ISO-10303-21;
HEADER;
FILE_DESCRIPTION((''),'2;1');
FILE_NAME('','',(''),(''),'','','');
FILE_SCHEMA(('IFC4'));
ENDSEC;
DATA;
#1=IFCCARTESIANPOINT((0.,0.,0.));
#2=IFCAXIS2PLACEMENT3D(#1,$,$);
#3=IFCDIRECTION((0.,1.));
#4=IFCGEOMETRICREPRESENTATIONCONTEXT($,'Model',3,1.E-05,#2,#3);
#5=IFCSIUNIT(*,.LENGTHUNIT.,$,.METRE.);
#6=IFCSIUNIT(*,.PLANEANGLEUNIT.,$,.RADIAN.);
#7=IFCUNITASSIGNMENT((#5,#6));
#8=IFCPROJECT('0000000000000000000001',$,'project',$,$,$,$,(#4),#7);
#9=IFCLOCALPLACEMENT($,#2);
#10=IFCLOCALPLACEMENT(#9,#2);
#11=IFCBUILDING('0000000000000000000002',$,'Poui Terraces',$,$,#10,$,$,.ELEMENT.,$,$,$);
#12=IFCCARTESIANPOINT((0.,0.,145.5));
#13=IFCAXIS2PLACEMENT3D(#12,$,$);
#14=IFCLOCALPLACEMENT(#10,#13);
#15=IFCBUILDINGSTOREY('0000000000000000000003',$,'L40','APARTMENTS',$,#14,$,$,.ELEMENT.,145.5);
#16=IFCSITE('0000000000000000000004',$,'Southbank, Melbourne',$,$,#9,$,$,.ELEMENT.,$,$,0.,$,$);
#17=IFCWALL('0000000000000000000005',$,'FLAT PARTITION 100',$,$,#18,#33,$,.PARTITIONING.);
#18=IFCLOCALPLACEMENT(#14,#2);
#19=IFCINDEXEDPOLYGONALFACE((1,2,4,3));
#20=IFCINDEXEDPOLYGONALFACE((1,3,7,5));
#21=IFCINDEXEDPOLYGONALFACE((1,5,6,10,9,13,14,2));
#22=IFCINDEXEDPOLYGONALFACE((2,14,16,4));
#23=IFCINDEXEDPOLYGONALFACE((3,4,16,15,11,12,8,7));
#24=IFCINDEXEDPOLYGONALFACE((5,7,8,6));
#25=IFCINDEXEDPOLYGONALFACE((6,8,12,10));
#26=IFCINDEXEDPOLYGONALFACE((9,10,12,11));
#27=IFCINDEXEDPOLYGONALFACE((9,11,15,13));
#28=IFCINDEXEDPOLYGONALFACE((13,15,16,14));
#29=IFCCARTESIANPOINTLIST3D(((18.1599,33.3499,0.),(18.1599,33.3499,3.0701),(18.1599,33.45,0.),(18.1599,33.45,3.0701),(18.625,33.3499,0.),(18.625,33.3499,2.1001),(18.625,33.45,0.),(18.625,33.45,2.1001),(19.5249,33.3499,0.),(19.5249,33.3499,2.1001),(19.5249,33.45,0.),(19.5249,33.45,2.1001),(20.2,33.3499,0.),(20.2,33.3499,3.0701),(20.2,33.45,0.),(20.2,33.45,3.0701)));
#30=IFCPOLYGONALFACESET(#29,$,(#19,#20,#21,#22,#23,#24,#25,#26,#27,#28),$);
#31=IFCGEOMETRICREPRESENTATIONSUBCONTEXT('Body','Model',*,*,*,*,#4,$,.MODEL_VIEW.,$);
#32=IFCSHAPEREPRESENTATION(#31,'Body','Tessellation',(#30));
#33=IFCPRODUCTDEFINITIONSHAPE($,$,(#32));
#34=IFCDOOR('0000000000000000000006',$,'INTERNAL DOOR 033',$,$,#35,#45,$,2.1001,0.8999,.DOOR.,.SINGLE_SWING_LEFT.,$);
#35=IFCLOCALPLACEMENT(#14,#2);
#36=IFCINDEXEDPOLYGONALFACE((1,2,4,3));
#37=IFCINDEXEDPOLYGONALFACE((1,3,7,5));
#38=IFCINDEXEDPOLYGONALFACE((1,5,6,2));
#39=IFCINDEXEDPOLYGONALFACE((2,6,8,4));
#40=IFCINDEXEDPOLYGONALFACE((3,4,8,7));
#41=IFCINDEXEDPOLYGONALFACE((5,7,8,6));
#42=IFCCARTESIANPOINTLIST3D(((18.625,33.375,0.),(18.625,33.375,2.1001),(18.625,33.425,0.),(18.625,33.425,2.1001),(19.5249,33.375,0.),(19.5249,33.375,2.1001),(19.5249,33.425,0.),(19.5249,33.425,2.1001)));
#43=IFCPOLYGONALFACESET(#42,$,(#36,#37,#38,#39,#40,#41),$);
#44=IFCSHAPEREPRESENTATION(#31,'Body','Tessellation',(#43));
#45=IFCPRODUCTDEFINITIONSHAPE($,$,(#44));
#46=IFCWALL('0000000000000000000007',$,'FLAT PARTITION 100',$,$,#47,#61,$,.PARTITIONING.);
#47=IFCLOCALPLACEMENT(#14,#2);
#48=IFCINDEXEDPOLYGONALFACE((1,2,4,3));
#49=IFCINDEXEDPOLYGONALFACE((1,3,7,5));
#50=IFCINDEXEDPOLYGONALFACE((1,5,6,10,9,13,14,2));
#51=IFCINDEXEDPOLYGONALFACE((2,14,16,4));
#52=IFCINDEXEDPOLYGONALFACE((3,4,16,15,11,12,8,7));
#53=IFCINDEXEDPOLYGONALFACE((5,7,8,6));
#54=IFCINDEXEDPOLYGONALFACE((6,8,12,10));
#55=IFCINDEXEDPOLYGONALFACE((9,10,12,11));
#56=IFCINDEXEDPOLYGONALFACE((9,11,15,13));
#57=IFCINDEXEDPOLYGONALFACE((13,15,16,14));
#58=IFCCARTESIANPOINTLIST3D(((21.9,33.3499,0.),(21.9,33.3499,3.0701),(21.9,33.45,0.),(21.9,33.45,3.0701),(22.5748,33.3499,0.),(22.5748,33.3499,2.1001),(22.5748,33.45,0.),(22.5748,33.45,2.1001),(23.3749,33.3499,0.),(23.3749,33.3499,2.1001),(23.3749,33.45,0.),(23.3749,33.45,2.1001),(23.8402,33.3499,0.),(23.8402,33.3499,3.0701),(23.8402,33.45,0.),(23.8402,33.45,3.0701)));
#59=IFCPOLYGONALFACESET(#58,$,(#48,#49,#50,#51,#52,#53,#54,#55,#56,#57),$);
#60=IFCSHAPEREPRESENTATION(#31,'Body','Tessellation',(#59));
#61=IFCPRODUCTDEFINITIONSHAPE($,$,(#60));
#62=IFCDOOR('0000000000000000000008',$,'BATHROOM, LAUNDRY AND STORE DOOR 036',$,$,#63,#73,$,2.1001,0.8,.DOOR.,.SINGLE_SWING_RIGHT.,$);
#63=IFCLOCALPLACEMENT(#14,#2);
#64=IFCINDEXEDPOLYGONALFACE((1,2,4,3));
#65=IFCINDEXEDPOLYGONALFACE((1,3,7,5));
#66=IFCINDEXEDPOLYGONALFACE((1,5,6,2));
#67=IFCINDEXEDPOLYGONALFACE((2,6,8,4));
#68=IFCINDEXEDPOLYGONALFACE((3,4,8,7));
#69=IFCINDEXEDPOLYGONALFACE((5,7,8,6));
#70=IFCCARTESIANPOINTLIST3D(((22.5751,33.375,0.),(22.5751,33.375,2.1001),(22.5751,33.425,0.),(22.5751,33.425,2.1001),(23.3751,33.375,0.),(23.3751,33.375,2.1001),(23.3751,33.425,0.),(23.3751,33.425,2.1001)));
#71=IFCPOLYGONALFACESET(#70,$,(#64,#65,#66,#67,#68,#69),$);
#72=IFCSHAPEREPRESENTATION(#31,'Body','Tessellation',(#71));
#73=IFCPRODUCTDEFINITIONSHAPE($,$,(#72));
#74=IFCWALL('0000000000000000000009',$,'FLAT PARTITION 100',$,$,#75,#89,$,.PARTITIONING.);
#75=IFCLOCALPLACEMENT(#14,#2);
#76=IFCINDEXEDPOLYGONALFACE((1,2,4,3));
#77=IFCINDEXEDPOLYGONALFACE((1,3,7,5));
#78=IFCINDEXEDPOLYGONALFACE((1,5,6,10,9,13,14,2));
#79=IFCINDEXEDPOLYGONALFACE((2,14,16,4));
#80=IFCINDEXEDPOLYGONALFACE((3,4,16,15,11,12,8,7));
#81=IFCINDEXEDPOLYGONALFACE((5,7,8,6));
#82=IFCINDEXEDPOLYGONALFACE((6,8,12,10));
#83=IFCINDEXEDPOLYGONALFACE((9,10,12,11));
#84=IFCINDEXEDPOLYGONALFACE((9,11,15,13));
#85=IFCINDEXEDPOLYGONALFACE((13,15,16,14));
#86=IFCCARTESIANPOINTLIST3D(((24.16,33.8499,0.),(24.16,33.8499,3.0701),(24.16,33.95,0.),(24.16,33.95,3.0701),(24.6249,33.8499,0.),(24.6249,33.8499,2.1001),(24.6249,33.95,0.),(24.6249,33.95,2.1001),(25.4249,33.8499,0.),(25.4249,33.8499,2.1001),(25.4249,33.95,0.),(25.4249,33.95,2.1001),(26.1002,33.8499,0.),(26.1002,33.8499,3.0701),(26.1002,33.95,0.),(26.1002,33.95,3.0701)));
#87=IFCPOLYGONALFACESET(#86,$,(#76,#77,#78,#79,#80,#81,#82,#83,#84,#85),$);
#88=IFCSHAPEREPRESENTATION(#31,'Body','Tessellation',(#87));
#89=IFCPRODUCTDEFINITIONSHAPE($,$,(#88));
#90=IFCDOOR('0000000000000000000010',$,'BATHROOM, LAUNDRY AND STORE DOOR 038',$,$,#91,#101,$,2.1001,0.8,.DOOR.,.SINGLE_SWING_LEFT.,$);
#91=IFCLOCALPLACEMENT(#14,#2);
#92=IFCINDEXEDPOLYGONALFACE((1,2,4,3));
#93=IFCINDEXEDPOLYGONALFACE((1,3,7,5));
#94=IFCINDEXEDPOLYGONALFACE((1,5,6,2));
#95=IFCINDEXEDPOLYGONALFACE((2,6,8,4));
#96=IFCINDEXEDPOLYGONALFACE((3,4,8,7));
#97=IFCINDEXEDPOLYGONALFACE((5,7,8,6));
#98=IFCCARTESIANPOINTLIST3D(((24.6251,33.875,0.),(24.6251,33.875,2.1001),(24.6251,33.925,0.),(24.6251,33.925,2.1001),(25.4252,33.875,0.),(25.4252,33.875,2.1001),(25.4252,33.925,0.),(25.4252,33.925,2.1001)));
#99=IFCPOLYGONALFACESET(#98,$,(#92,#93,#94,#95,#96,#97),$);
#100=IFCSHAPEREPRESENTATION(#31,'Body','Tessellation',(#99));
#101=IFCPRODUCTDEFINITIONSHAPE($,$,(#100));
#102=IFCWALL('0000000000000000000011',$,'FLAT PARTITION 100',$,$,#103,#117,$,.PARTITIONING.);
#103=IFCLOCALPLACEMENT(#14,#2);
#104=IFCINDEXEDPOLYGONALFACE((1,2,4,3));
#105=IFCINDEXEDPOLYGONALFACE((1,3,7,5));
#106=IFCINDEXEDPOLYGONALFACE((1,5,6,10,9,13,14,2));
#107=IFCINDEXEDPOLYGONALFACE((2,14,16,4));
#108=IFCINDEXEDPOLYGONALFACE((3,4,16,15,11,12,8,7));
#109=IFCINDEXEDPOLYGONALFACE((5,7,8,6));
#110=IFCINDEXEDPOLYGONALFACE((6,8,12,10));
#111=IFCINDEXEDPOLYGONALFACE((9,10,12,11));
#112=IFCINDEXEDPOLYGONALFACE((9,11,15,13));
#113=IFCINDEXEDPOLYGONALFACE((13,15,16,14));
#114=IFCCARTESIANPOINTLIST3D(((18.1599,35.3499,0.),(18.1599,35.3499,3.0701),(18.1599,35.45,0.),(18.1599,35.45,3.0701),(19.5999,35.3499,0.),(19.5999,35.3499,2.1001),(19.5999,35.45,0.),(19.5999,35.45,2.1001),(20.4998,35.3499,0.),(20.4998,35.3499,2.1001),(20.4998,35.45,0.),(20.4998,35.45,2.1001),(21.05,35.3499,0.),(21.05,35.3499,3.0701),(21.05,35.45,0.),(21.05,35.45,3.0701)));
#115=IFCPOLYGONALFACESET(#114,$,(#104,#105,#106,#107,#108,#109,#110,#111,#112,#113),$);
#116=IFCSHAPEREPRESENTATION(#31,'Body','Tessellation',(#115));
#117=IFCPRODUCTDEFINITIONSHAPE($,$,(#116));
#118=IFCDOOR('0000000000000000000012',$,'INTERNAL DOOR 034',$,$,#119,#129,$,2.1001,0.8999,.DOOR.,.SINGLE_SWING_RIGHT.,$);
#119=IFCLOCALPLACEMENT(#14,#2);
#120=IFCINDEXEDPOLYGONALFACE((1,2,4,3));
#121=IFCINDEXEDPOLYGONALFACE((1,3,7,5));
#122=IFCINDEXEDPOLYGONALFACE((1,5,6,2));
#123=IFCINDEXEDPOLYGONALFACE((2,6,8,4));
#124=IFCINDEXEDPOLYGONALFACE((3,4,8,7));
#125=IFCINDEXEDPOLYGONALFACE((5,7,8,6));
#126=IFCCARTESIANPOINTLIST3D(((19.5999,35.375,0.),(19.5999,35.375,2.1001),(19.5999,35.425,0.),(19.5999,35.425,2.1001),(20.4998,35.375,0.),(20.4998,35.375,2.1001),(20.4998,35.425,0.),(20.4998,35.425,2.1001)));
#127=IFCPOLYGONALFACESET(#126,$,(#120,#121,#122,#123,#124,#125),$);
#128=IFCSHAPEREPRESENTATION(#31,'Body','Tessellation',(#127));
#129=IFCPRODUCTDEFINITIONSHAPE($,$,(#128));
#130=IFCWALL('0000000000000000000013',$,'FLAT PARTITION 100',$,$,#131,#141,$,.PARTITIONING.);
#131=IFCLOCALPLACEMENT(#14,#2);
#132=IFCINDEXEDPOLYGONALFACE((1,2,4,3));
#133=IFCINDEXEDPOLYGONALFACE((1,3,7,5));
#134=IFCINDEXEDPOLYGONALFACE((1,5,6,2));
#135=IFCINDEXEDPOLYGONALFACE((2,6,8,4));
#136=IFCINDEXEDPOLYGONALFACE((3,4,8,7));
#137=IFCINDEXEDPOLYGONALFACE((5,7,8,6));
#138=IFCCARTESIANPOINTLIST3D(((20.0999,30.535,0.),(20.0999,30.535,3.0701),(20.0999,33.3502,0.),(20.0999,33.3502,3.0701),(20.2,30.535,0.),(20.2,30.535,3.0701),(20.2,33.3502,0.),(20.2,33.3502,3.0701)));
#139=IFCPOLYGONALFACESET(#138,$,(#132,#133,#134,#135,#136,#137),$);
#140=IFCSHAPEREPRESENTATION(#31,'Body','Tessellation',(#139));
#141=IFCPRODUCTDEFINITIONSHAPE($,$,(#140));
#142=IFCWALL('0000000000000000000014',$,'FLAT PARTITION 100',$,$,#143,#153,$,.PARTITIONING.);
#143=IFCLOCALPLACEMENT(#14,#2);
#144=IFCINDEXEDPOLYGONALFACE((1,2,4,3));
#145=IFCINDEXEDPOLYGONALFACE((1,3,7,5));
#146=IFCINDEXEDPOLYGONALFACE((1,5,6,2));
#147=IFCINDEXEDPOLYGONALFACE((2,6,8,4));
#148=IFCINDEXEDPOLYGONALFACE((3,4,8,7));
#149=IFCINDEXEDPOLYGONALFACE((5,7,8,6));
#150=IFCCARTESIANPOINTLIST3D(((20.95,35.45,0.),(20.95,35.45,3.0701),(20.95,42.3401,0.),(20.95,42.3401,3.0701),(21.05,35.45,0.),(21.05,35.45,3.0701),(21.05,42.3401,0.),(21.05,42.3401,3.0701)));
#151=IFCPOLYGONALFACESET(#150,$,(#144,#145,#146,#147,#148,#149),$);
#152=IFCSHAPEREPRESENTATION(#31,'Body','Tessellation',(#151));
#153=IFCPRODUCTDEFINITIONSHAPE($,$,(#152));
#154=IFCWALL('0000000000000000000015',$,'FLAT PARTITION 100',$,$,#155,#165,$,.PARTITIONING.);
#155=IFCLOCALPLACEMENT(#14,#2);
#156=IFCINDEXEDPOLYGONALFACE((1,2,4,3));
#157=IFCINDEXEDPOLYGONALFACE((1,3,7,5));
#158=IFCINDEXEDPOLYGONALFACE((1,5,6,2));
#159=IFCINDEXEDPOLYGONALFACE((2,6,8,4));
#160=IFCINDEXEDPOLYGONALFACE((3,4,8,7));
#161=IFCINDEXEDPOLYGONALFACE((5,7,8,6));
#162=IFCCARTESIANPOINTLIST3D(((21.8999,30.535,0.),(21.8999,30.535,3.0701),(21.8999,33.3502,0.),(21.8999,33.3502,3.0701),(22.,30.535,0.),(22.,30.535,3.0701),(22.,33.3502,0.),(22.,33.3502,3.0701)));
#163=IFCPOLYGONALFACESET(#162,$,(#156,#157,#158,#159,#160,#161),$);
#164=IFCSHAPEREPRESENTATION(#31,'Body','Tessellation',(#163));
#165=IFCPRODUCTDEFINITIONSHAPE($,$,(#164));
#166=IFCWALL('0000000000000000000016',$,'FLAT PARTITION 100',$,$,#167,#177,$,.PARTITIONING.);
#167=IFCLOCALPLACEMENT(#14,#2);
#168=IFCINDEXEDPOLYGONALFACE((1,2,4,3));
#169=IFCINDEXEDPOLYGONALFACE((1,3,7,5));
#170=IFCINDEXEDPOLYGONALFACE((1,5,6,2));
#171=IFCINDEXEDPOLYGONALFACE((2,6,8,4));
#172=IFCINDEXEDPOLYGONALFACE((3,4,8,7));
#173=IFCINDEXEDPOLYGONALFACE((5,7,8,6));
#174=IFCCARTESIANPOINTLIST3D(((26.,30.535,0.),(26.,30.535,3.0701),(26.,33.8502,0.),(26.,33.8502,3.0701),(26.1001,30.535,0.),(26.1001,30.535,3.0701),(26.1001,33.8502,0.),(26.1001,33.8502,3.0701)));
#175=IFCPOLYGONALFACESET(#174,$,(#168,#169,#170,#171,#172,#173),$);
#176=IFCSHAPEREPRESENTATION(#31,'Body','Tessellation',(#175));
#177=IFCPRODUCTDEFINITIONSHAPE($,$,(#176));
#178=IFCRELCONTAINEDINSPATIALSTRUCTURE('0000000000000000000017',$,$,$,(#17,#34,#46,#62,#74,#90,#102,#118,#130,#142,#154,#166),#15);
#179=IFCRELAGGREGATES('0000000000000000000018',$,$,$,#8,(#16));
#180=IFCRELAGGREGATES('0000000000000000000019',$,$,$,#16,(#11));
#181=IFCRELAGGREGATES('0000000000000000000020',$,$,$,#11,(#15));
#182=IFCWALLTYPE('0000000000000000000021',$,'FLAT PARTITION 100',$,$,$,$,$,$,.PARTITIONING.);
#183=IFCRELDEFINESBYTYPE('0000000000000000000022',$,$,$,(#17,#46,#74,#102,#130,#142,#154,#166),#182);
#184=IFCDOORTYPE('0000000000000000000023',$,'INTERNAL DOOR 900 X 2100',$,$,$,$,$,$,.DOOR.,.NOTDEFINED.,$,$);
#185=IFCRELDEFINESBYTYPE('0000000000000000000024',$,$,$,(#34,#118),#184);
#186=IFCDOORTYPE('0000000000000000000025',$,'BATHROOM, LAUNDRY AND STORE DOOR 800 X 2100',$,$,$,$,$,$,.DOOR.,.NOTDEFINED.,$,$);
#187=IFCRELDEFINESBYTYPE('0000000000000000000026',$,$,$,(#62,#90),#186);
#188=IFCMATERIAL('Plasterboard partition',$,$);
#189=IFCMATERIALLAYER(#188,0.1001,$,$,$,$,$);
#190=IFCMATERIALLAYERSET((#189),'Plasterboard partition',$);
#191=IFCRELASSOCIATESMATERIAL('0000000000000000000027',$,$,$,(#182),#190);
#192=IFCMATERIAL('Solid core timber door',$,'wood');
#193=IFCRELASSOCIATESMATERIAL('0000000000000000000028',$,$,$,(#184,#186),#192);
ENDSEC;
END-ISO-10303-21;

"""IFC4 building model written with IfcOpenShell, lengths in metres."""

from ifc_helpers import new_model, si_unit, direction, frame, frame_2d, origin, place, context, subcontext, project, spatial, rectangle, extrude, material, layer, layer_set, type_object, element, fill, save


model = new_model("IFC4")

# Units and contexts
model_context = context("Model", 3, precision=1e-05, world=origin(), true_north=direction((0.0, 1.0)))
body_context = subcontext(model_context, "Body", "Model", "MODEL_VIEW")
ifc_project = project(units=[si_unit("LENGTHUNIT", "METRE"), si_unit("PLANEANGLEUNIT", "RADIAN")], contexts=[model_context])

# Site, building, storey
site_placement = place(None, origin())
site = spatial("IfcSite", under=ifc_project, at=site_placement, Name="Southbank, Melbourne", CompositionType="ELEMENT", RefElevation=0.0)
building_placement = place(site_placement, origin())
building = spatial("IfcBuilding", under=site, at=building_placement, Name="Poui Terraces", CompositionType="ELEMENT")
storey_placement = place(building_placement, frame((0.0, 0.0, 145.5)))
storey = spatial("IfcBuildingStorey", under=building, at=storey_placement, Name="L40", Description="APARTMENTS", CompositionType="ELEMENT", Elevation=145.5)

# Shared definitions
ifc_material_1 = material(Name="Solid core timber door", Category="wood")

# Walls, openings, doors
ifc_material_2 = material(Name="Plasterboard partition")
ifc_layer_1 = layer(ifc_material_2, 0.1001)
ifc_layer_set_1 = layer_set([ifc_layer_1], Name="Plasterboard partition")
wall_type_1 = type_object("IfcWallType", Name="FLAT PARTITION 100", PredefinedType="PARTITIONING", material=ifc_layer_set_1)
wall_1_placement = place(storey_placement, frame((18.1599, 33.3999, 0.0), z_axis=(0.0, 0.0, 1.0), x_axis=(1.0, 0.0, 0.0)))
wall_1 = element("IfcWall", 1, at=wall_1_placement, inside=storey, type_object=wall_type_1, Name="FLAT PARTITION 100", PredefinedType="PARTITIONING", context=body_context, shape_type="SweptSolid", body=[
    extrude(rectangle(XDim=2.04, YDim=0.1001, at=frame_2d((1.02, 0.0))), origin(), (0.0, 0.0, 1.0), 3.0701),
])
opening_1_placement = place(wall_1_placement, frame((0.4651, 0.0, 0.0)))
opening_1 = element("IfcOpeningElement", 2, at=opening_1_placement, cuts=wall_1, PredefinedType="OPENING", context=body_context, shape_type="SweptSolid", body=[
    extrude(rectangle(XDim=0.8999, YDim=2.1001, at=frame_2d((0.45, 1.05))), frame((0.0, 0.0601, 0.0), z_axis=(0.0, -1.0, 0.0), x_axis=(1.0, 0.0, 0.0)), (0.0, 0.0, 1.0), 0.1201),
])
door_type_1 = type_object("IfcDoorType", Name="INTERNAL DOOR 900 X 2100", OperationType="NOTDEFINED", PredefinedType="DOOR", material=ifc_material_1)
door_1_placement = place(opening_1_placement, frame((0.8999, 0.0, 0.0), z_axis=(0.0, 0.0, 1.0), x_axis=(-1.0, 0.0, 0.0)))
door_1 = element("IfcDoor", 3, at=door_1_placement, inside=storey, type_object=door_type_1, Name="INTERNAL DOOR 033", OperationType="SINGLE_SWING_LEFT", OverallHeight=2.1001, OverallWidth=0.8999, PredefinedType="DOOR", context=body_context, shape_type="SweptSolid", body=[
    extrude(rectangle(XDim=0.8999, YDim=2.1001, at=frame_2d((0.45, 1.05))), frame((0.0, 0.0249, 0.0), z_axis=(0.0, -1.0, 0.0), x_axis=(1.0, 0.0, 0.0)), (0.0, 0.0, 1.0), 0.05),
])
fill(opening_1, door_1)
wall_2_placement = place(storey_placement, frame((21.8999, 33.3999, 0.0), z_axis=(0.0, 0.0, 1.0), x_axis=(1.0, 0.0, 0.0)))
wall_2 = element("IfcWall", 4, at=wall_2_placement, inside=storey, type_object=wall_type_1, Name="FLAT PARTITION 100", PredefinedType="PARTITIONING", context=body_context, shape_type="SweptSolid", body=[
    extrude(rectangle(XDim=1.9402, YDim=0.1001, at=frame_2d((0.9702, 0.0))), origin(), (0.0, 0.0, 1.0), 3.0701),
])
opening_2_placement = place(wall_2_placement, frame((0.675, 0.0, 0.0)))
opening_2 = element("IfcOpeningElement", 5, at=opening_2_placement, cuts=wall_2, PredefinedType="OPENING", context=body_context, shape_type="SweptSolid", body=[
    extrude(rectangle(XDim=0.8, YDim=2.1001, at=frame_2d((0.3999, 1.05))), frame((0.0, 0.0601, 0.0), z_axis=(0.0, -1.0, 0.0), x_axis=(1.0, 0.0, 0.0)), (0.0, 0.0, 1.0), 0.1201),
])
door_type_2 = type_object("IfcDoorType", Name="BATHROOM, LAUNDRY AND STORE DOOR 800 X 2100", OperationType="NOTDEFINED", PredefinedType="DOOR", material=ifc_material_1)
door_2_placement = place(opening_2_placement, frame((0.8, 0.0, 0.0), z_axis=(0.0, 0.0, 1.0), x_axis=(-1.0, 0.0, 0.0)))
door_2 = element("IfcDoor", 6, at=door_2_placement, inside=storey, type_object=door_type_2, Name="BATHROOM, LAUNDRY AND STORE DOOR 036", OperationType="SINGLE_SWING_RIGHT", OverallHeight=2.1001, OverallWidth=0.8, PredefinedType="DOOR", context=body_context, shape_type="SweptSolid", body=[
    extrude(rectangle(XDim=0.8, YDim=2.1001, at=frame_2d((0.3999, 1.05))), frame((0.0, 0.0249, 0.0), z_axis=(0.0, -1.0, 0.0), x_axis=(1.0, 0.0, 0.0)), (0.0, 0.0, 1.0), 0.05),
])
fill(opening_2, door_2)
wall_3_placement = place(storey_placement, frame((24.1599, 33.8999, 0.0), z_axis=(0.0, 0.0, 1.0), x_axis=(1.0, 0.0, 0.0)))
wall_3 = element("IfcWall", 7, at=wall_3_placement, inside=storey, type_object=wall_type_1, Name="FLAT PARTITION 100", PredefinedType="PARTITIONING", context=body_context, shape_type="SweptSolid", body=[
    extrude(rectangle(XDim=1.9402, YDim=0.1001, at=frame_2d((0.9702, 0.0))), origin(), (0.0, 0.0, 1.0), 3.0701),
])
opening_3_placement = place(wall_3_placement, frame((0.4651, 0.0, 0.0)))
opening_3 = element("IfcOpeningElement", 8, at=opening_3_placement, cuts=wall_3, PredefinedType="OPENING", context=body_context, shape_type="SweptSolid", body=[
    extrude(rectangle(XDim=0.8, YDim=2.1001, at=frame_2d((0.3999, 1.05))), frame((0.0, 0.0601, 0.0), z_axis=(0.0, -1.0, 0.0), x_axis=(1.0, 0.0, 0.0)), (0.0, 0.0, 1.0), 0.1201),
])
door_3_placement = place(opening_3_placement, frame((0.8, 0.0, 0.0), z_axis=(0.0, 0.0, 1.0), x_axis=(-1.0, 0.0, 0.0)))
door_3 = element("IfcDoor", 9, at=door_3_placement, inside=storey, type_object=door_type_2, Name="BATHROOM, LAUNDRY AND STORE DOOR 038", OperationType="SINGLE_SWING_LEFT", OverallHeight=2.1001, OverallWidth=0.8, PredefinedType="DOOR", context=body_context, shape_type="SweptSolid", body=[
    extrude(rectangle(XDim=0.8, YDim=2.1001, at=frame_2d((0.3999, 1.05))), frame((0.0, 0.0249, 0.0), z_axis=(0.0, -1.0, 0.0), x_axis=(1.0, 0.0, 0.0)), (0.0, 0.0, 1.0), 0.05),
])
fill(opening_3, door_3)
wall_4_placement = place(storey_placement, frame((18.1599, 35.3999, 0.0), z_axis=(0.0, 0.0, 1.0), x_axis=(1.0, 0.0, 0.0)))
wall_4 = element("IfcWall", 10, at=wall_4_placement, inside=storey, type_object=wall_type_1, Name="FLAT PARTITION 100", PredefinedType="PARTITIONING", context=body_context, shape_type="SweptSolid", body=[
    extrude(rectangle(XDim=2.8901, YDim=0.1001, at=frame_2d((1.4451, 0.0))), origin(), (0.0, 0.0, 1.0), 3.0701),
])
opening_4_placement = place(wall_4_placement, frame((1.4399, 0.0, 0.0)))
opening_4 = element("IfcOpeningElement", 11, at=opening_4_placement, cuts=wall_4, PredefinedType="OPENING", context=body_context, shape_type="SweptSolid", body=[
    extrude(rectangle(XDim=0.8999, YDim=2.1001, at=frame_2d((0.45, 1.05))), frame((0.0, 0.0601, 0.0), z_axis=(0.0, -1.0, 0.0), x_axis=(1.0, 0.0, 0.0)), (0.0, 0.0, 1.0), 0.1201),
])
door_4_placement = place(opening_4_placement, frame((0.8999, 0.0, 0.0), z_axis=(0.0, 0.0, 1.0), x_axis=(-1.0, 0.0, 0.0)))
door_4 = element("IfcDoor", 12, at=door_4_placement, inside=storey, type_object=door_type_1, Name="INTERNAL DOOR 034", OperationType="SINGLE_SWING_RIGHT", OverallHeight=2.1001, OverallWidth=0.8999, PredefinedType="DOOR", context=body_context, shape_type="SweptSolid", body=[
    extrude(rectangle(XDim=0.8999, YDim=2.1001, at=frame_2d((0.45, 1.05))), frame((0.0, 0.0249, 0.0), z_axis=(0.0, -1.0, 0.0), x_axis=(1.0, 0.0, 0.0)), (0.0, 0.0, 1.0), 0.05),
])
fill(opening_4, door_4)

# Walls
wall_5_placement = place(storey_placement, frame((20.1499, 30.5349, 0.0), z_axis=(0.0, 0.0, 1.0), x_axis=(0.0, 1.0, 0.0)))
element("IfcWall", 13, at=wall_5_placement, inside=storey, type_object=wall_type_1, Name="FLAT PARTITION 100", PredefinedType="PARTITIONING", context=body_context, shape_type="SweptSolid", body=[
    extrude(rectangle(XDim=2.8152, YDim=0.1001, at=frame_2d((1.4077, 0.0))), origin(), (0.0, 0.0, 1.0), 3.0701),
])
wall_6_placement = place(storey_placement, frame((21.0, 35.45, 0.0), z_axis=(0.0, 0.0, 1.0), x_axis=(0.0, 1.0, 0.0)))
element("IfcWall", 14, at=wall_6_placement, inside=storey, type_object=wall_type_1, Name="FLAT PARTITION 100", PredefinedType="PARTITIONING", context=body_context, shape_type="SweptSolid", body=[
    extrude(rectangle(XDim=6.8901, YDim=0.1001, at=frame_2d((3.4451, 0.0))), origin(), (0.0, 0.0, 1.0), 3.0701),
])
wall_7_placement = place(storey_placement, frame((21.95, 30.5349, 0.0), z_axis=(0.0, 0.0, 1.0), x_axis=(0.0, 1.0, 0.0)))
element("IfcWall", 15, at=wall_7_placement, inside=storey, type_object=wall_type_1, Name="FLAT PARTITION 100", PredefinedType="PARTITIONING", context=body_context, shape_type="SweptSolid", body=[
    extrude(rectangle(XDim=2.8152, YDim=0.1001, at=frame_2d((1.4077, 0.0))), origin(), (0.0, 0.0, 1.0), 3.0701),
])
wall_8_placement = place(storey_placement, frame((26.05, 30.5349, 0.0), z_axis=(0.0, 0.0, 1.0), x_axis=(0.0, 1.0, 0.0)))
element("IfcWall", 16, at=wall_8_placement, inside=storey, type_object=wall_type_1, Name="FLAT PARTITION 100", PredefinedType="PARTITIONING", context=body_context, shape_type="SweptSolid", body=[
    extrude(rectangle(XDim=3.3152, YDim=0.1001, at=frame_2d((1.6577, 0.0))), origin(), (0.0, 0.0, 1.0), 3.0701),
])

save(model, "model.ifc")
